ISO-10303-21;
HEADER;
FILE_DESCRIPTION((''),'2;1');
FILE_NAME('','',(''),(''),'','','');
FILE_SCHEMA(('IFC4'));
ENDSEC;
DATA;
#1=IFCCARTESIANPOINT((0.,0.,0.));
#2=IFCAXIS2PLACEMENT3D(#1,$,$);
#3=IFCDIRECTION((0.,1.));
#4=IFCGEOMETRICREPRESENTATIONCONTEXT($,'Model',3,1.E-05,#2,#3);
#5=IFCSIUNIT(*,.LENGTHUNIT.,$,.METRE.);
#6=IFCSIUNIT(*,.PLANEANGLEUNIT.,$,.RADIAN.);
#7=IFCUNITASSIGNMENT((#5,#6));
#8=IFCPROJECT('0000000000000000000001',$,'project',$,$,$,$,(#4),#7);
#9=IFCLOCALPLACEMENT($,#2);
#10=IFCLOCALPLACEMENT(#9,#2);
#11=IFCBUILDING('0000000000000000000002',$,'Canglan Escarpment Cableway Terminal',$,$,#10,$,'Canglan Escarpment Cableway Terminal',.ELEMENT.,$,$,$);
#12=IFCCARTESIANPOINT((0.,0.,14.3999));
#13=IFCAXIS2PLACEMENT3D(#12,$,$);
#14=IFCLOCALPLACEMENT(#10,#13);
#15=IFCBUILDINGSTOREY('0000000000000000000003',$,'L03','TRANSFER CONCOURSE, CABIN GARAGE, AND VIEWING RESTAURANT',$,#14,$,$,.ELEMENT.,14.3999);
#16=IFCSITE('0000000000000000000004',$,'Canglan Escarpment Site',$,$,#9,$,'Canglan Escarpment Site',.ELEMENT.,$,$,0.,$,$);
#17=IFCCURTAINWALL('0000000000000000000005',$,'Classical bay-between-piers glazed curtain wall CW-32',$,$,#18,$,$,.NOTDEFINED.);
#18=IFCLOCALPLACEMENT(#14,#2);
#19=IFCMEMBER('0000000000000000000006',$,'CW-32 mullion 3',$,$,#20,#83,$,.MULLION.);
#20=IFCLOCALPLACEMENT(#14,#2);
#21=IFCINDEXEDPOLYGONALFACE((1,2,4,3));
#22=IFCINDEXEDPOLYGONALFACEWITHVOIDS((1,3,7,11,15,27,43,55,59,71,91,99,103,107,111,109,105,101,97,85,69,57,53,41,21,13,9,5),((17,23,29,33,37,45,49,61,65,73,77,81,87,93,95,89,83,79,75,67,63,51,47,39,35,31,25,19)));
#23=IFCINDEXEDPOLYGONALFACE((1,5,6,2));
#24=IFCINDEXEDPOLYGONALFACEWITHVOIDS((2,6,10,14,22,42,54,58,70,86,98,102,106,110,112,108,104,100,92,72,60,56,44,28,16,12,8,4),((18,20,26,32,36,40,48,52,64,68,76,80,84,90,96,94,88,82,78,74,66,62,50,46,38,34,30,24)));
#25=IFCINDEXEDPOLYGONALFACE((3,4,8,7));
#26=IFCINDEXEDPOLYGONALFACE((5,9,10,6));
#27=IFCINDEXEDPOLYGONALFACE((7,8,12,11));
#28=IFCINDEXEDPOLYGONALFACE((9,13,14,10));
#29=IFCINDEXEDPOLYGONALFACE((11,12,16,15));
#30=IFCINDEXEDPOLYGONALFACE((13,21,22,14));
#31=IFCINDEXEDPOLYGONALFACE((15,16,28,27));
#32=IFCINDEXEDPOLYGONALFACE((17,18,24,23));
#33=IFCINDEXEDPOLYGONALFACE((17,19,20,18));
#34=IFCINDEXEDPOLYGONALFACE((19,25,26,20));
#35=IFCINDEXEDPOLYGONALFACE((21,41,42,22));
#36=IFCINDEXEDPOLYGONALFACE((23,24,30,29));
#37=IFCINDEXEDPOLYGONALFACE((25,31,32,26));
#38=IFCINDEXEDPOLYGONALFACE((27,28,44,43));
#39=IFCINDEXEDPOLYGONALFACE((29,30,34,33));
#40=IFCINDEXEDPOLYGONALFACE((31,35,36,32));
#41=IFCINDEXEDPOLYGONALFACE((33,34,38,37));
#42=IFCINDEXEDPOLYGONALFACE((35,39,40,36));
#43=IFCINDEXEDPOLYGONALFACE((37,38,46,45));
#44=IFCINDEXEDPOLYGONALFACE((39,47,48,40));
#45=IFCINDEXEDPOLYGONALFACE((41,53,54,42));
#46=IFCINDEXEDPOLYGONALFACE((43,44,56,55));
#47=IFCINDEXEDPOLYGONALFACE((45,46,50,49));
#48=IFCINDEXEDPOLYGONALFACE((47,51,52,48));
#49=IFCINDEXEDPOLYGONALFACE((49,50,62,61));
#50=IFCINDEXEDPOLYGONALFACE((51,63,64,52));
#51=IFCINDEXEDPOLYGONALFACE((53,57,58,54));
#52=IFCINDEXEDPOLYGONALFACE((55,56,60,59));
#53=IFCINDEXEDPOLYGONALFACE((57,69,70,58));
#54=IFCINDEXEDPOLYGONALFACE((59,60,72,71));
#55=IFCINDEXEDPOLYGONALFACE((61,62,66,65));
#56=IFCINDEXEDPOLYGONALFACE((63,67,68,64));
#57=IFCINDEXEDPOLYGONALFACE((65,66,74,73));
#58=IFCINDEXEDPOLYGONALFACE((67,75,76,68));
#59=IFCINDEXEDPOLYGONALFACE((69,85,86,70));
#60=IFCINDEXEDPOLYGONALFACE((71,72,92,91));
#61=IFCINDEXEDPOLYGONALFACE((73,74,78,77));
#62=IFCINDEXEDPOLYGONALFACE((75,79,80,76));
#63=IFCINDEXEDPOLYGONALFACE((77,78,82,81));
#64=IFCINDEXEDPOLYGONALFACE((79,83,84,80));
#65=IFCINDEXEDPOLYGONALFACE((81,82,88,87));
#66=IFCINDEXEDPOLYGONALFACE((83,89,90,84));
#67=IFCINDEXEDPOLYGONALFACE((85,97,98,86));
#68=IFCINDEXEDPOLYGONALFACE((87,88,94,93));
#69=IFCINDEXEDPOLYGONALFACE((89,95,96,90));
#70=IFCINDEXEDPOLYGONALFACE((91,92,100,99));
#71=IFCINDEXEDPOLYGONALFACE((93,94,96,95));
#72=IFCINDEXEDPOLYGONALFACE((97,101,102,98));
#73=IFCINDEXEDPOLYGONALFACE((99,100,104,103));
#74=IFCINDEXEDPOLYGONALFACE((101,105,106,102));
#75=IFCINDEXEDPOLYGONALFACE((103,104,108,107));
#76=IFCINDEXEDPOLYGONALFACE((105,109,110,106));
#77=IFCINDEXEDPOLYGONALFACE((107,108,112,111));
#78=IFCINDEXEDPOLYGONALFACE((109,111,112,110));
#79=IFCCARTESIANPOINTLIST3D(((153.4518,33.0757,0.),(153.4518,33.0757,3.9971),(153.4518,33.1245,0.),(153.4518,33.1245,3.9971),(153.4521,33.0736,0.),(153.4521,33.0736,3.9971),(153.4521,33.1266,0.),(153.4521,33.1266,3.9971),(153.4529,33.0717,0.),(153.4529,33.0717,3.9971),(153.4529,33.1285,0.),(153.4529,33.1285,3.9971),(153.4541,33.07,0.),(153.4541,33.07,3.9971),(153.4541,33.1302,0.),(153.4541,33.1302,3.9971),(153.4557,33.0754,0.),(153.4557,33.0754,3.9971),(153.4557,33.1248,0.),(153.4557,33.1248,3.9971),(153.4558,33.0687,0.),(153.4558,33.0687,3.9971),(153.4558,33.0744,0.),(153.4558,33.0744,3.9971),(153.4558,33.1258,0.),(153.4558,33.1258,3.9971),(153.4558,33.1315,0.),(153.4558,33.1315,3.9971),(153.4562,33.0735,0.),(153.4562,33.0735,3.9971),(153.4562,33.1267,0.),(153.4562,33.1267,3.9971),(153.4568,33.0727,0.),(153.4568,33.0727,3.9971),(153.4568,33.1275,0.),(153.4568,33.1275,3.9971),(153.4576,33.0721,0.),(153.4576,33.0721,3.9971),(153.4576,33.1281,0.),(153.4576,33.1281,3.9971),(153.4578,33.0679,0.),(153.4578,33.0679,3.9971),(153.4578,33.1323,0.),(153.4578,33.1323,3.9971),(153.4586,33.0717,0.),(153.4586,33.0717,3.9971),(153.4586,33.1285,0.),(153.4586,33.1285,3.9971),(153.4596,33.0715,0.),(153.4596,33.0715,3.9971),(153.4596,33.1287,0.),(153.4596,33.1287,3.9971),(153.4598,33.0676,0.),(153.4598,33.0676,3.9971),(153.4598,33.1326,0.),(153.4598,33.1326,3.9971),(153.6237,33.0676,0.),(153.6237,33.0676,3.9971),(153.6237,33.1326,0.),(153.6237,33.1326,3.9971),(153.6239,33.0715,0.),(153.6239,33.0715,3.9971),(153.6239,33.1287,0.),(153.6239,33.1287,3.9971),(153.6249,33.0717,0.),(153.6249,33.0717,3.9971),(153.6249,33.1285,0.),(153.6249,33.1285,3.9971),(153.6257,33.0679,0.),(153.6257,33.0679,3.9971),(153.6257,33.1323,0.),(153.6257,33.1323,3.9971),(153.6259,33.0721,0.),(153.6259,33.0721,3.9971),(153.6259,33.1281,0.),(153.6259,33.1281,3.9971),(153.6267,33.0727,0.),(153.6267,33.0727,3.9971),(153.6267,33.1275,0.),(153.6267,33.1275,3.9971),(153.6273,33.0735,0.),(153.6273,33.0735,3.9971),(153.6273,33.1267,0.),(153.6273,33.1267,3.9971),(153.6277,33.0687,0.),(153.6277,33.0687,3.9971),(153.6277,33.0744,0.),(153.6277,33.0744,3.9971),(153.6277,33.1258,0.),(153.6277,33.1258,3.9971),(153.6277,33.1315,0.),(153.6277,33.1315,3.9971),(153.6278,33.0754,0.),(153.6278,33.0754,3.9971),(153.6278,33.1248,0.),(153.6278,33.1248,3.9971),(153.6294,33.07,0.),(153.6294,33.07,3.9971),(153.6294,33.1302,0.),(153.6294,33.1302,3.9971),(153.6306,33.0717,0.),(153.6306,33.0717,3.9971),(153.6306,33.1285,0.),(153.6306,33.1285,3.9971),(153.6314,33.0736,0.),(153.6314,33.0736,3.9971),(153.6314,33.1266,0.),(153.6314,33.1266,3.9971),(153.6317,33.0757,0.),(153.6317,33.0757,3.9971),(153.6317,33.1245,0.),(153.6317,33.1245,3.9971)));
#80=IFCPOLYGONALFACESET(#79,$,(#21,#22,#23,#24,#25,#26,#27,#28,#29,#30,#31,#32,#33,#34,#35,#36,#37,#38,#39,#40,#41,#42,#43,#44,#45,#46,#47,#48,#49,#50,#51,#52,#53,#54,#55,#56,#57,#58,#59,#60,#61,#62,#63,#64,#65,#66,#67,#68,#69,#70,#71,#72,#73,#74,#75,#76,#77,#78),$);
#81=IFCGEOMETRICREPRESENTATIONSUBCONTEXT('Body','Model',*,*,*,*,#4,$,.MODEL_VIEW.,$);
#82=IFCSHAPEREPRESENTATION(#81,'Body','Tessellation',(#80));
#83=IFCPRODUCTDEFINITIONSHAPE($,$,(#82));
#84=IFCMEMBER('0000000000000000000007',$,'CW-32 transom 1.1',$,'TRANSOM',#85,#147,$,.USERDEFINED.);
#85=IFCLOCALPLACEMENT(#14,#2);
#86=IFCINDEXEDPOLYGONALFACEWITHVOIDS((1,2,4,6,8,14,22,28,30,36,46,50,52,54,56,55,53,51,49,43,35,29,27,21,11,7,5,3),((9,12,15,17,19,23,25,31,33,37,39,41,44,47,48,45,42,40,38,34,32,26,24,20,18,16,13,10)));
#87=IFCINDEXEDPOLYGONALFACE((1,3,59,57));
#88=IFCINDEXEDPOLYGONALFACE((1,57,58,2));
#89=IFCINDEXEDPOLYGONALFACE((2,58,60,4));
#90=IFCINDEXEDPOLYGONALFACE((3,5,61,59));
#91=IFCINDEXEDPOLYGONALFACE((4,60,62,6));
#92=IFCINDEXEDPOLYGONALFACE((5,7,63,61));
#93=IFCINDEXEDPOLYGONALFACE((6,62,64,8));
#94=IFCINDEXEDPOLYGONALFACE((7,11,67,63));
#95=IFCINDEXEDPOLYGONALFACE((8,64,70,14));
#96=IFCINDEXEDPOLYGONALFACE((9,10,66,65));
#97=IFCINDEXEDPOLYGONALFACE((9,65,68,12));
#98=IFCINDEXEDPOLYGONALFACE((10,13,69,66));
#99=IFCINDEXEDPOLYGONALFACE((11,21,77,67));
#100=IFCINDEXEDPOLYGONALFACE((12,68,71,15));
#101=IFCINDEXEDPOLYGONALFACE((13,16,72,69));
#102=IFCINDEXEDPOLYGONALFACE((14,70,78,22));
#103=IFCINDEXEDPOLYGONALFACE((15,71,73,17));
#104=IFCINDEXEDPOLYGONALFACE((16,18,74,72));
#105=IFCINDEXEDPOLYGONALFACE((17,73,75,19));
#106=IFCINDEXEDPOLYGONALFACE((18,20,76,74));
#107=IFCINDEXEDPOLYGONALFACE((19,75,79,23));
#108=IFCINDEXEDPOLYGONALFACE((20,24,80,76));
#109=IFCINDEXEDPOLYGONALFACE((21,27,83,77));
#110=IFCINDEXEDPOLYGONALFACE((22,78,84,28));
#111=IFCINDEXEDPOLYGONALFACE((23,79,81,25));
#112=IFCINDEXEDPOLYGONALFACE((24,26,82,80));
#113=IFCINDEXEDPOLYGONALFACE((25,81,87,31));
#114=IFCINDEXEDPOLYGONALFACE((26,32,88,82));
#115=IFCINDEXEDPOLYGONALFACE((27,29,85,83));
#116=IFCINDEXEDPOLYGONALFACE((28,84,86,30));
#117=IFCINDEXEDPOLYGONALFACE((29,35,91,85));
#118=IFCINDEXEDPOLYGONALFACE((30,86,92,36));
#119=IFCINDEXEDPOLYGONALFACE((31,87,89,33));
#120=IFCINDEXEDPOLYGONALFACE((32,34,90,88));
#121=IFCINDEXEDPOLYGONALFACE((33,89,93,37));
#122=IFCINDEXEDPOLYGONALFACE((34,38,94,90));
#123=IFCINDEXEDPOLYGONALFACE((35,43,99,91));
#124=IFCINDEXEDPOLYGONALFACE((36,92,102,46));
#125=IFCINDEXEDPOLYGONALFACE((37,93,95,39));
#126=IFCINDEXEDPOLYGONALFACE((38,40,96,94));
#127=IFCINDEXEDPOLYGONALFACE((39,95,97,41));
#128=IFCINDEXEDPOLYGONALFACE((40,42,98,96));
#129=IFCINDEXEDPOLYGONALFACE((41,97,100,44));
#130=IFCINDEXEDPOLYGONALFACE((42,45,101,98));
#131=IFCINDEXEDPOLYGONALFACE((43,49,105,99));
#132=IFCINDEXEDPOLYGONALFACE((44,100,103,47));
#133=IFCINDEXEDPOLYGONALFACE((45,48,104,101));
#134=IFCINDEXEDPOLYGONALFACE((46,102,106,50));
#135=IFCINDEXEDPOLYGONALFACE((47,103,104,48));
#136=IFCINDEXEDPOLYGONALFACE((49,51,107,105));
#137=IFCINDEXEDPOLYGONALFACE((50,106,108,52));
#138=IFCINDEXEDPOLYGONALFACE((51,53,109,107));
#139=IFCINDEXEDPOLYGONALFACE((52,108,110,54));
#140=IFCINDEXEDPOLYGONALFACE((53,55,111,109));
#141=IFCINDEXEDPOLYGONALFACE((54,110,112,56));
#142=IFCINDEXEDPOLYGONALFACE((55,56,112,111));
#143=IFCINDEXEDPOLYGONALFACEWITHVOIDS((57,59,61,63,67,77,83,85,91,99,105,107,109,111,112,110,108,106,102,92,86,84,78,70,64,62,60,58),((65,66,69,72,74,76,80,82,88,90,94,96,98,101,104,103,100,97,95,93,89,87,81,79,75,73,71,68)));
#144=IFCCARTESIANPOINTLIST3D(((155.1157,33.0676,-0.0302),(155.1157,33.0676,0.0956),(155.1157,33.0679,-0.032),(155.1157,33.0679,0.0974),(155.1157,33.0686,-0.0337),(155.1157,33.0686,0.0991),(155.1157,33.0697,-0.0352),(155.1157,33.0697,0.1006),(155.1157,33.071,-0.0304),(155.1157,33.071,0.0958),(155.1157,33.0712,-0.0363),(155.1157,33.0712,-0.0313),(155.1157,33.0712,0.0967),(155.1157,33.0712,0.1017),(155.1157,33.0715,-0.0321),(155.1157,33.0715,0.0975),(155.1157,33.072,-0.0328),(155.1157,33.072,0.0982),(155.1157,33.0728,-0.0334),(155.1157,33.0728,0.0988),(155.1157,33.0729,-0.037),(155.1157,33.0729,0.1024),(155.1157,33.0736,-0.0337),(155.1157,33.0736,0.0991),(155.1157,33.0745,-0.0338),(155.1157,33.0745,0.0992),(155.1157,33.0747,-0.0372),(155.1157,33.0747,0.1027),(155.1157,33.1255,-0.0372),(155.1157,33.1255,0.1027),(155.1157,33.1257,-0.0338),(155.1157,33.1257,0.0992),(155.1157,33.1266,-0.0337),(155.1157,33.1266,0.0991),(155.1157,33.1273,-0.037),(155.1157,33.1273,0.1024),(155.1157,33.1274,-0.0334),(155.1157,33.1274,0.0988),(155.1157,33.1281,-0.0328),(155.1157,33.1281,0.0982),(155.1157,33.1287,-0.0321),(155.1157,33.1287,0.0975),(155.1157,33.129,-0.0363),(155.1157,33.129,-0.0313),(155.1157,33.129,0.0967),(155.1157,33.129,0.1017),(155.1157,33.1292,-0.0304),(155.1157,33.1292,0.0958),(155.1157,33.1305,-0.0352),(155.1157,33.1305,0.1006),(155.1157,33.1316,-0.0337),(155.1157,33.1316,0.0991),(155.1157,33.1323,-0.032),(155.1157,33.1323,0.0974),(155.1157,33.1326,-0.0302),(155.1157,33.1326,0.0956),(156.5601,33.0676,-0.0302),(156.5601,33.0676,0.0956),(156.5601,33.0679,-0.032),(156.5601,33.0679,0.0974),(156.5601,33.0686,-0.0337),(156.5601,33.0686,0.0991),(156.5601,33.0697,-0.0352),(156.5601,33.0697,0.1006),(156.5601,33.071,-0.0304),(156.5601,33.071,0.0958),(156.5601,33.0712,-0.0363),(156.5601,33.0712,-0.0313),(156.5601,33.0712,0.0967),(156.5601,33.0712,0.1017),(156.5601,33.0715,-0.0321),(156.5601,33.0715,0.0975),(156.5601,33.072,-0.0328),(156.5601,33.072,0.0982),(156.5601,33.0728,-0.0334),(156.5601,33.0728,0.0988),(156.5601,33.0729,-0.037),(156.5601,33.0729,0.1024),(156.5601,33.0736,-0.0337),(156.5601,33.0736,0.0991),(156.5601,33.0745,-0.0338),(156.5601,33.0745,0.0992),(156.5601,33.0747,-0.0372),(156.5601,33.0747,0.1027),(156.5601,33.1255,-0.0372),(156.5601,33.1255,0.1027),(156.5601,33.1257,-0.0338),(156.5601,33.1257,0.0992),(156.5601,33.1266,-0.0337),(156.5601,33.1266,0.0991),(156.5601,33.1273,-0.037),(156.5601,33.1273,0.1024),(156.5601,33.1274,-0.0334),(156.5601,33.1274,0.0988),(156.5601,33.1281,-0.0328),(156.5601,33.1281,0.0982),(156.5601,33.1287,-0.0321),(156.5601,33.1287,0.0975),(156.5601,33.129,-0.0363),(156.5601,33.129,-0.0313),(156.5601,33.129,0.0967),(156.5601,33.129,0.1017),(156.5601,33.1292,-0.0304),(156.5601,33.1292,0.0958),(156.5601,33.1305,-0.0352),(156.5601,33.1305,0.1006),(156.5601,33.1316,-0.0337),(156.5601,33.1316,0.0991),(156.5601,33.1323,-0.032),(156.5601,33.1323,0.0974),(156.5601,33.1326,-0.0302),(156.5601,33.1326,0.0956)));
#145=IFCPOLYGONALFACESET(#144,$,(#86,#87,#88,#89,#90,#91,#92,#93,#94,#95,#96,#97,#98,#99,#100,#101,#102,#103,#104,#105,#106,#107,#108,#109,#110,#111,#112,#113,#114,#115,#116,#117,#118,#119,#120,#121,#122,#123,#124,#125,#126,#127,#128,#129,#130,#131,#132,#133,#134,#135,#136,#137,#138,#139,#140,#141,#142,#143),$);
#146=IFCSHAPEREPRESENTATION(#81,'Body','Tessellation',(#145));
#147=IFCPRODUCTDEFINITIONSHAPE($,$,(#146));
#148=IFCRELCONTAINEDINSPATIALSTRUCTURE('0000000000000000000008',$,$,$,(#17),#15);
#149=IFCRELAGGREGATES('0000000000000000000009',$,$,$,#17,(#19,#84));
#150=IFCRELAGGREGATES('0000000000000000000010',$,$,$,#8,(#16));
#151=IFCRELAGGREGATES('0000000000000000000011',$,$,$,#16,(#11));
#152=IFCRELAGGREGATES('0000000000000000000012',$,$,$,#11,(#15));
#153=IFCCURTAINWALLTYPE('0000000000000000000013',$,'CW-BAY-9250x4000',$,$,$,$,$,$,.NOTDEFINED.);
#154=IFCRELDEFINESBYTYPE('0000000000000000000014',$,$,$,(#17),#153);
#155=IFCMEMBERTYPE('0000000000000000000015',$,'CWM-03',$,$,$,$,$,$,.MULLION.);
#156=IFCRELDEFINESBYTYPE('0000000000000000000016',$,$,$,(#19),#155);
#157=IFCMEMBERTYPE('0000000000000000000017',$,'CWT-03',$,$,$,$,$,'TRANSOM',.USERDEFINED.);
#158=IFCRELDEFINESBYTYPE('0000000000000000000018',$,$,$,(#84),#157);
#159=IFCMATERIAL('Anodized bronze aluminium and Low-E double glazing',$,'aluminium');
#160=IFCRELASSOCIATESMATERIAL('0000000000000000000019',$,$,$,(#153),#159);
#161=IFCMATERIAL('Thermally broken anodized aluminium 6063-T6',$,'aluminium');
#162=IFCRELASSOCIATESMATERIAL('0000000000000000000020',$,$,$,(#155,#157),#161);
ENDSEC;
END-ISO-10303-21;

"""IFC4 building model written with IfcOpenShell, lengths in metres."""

from ifc_helpers import new_model, si_unit, direction, frame, origin, origin_2d, place, context, subcontext, project, spatial, hollow_rectangle, extrude, material, material_profile, profile_set, type_object, element, aggregate, save


model = new_model("IFC4")

# Units and contexts
model_context = context("Model", 3, precision=1e-05, world=origin(), true_north=direction((0.0, 1.0)))
body_context = subcontext(model_context, "Body", "Model", "MODEL_VIEW")
ifc_project = project(units=[si_unit("LENGTHUNIT", "METRE"), si_unit("PLANEANGLEUNIT", "RADIAN")], contexts=[model_context])

# Site, building, storey
site_placement = place(None, origin())
site = spatial("IfcSite", under=ifc_project, at=site_placement, Name="Canglan Escarpment Site", LongName="Canglan Escarpment Site", CompositionType="ELEMENT", RefElevation=0.0)
building_placement = place(site_placement, origin())
building = spatial("IfcBuilding", under=site, at=building_placement, Name="Canglan Escarpment Cableway Terminal", LongName="Canglan Escarpment Cableway Terminal", CompositionType="ELEMENT")
storey_placement = place(building_placement, frame((0.0, 0.0, 14.3999)))
storey = spatial("IfcBuildingStorey", under=building, at=storey_placement, Name="L03", Description="TRANSFER CONCOURSE, CABIN GARAGE, AND VIEWING RESTAURANT", CompositionType="ELEMENT", Elevation=14.3999)

# Curtain wall, members
ifc_material_1 = material(Name="Anodized bronze aluminium and Low-E double glazing", Category="aluminium")
curtain_wall_type = type_object("IfcCurtainWallType", Name="CW-BAY-9250x4000", PredefinedType="NOTDEFINED", material=ifc_material_1)
curtain_wall_placement = place(storey_placement, origin())
curtain_wall = element("IfcCurtainWall", 1, at=curtain_wall_placement, inside=storey, type_object=curtain_wall_type, Name="Classical bay-between-piers glazed curtain wall CW-32", PredefinedType="NOTDEFINED")
ifc_material_2 = material(Name="Thermally broken anodized aluminium 6063-T6", Category="aluminium")
ifc_material_profile_1 = material_profile(ifc_material_2, hollow_rectangle(XDim=0.0649, YDim=0.1799, WallThickness=0.0039, InnerFilletRadius=0.0039, OuterFilletRadius=0.0081, at=origin_2d()), Name="ALU-MULL 65x180x4")
ifc_profile_set_1 = profile_set([ifc_material_profile_1], Name="Thermally broken anodized aluminium 6063-T6")
member_type_1 = type_object("IfcMemberType", Name="CWM-03", PredefinedType="MULLION", material=ifc_profile_set_1)
member_1_placement = place(storey_placement, frame((153.5417, 33.1001, 0.0), z_axis=(0.0, 0.0, 1.0), x_axis=(0.0, -1.0, 0.0)))
member_1 = element("IfcMember", 2, at=member_1_placement, type_object=member_type_1, Name="CW-32 mullion 3", PredefinedType="MULLION", context=body_context, shape_type="SweptSolid", body=[
    extrude(hollow_rectangle(XDim=0.0649, YDim=0.1799, WallThickness=0.0039, InnerFilletRadius=0.0039, OuterFilletRadius=0.0081, at=origin_2d()), origin(), (0.0, 0.0, 1.0), 3.9971),
])
ifc_material_profile_2 = material_profile(ifc_material_2, hollow_rectangle(XDim=0.0649, YDim=0.1399, WallThickness=0.0034, InnerFilletRadius=0.0034, OuterFilletRadius=0.0071, at=origin_2d()), Name="ALU-TRAN 65x140x3.5")
ifc_profile_set_2 = profile_set([ifc_material_profile_2], Name="Thermally broken anodized aluminium 6063-T6")
member_type_2 = type_object("IfcMemberType", Name="CWT-03", ElementType="TRANSOM", PredefinedType="USERDEFINED", material=ifc_profile_set_2)
member_2_placement = place(storey_placement, frame((156.5601, 33.1001, 0.0327), z_axis=(-1.0, 0.0, 0.0), x_axis=(0.0, -1.0, 0.0)))
member_2 = element("IfcMember", 3, at=member_2_placement, type_object=member_type_2, Name="CW-32 transom 1.1", ObjectType="TRANSOM", PredefinedType="USERDEFINED", context=body_context, shape_type="SweptSolid", body=[
    extrude(hollow_rectangle(XDim=0.0649, YDim=0.1399, WallThickness=0.0034, InnerFilletRadius=0.0034, OuterFilletRadius=0.0071, at=origin_2d()), origin(), (0.0, 0.0, 1.0), 1.4443),
])
aggregate(curtain_wall, [member_1, member_2])

save(model, "model.ifc")
